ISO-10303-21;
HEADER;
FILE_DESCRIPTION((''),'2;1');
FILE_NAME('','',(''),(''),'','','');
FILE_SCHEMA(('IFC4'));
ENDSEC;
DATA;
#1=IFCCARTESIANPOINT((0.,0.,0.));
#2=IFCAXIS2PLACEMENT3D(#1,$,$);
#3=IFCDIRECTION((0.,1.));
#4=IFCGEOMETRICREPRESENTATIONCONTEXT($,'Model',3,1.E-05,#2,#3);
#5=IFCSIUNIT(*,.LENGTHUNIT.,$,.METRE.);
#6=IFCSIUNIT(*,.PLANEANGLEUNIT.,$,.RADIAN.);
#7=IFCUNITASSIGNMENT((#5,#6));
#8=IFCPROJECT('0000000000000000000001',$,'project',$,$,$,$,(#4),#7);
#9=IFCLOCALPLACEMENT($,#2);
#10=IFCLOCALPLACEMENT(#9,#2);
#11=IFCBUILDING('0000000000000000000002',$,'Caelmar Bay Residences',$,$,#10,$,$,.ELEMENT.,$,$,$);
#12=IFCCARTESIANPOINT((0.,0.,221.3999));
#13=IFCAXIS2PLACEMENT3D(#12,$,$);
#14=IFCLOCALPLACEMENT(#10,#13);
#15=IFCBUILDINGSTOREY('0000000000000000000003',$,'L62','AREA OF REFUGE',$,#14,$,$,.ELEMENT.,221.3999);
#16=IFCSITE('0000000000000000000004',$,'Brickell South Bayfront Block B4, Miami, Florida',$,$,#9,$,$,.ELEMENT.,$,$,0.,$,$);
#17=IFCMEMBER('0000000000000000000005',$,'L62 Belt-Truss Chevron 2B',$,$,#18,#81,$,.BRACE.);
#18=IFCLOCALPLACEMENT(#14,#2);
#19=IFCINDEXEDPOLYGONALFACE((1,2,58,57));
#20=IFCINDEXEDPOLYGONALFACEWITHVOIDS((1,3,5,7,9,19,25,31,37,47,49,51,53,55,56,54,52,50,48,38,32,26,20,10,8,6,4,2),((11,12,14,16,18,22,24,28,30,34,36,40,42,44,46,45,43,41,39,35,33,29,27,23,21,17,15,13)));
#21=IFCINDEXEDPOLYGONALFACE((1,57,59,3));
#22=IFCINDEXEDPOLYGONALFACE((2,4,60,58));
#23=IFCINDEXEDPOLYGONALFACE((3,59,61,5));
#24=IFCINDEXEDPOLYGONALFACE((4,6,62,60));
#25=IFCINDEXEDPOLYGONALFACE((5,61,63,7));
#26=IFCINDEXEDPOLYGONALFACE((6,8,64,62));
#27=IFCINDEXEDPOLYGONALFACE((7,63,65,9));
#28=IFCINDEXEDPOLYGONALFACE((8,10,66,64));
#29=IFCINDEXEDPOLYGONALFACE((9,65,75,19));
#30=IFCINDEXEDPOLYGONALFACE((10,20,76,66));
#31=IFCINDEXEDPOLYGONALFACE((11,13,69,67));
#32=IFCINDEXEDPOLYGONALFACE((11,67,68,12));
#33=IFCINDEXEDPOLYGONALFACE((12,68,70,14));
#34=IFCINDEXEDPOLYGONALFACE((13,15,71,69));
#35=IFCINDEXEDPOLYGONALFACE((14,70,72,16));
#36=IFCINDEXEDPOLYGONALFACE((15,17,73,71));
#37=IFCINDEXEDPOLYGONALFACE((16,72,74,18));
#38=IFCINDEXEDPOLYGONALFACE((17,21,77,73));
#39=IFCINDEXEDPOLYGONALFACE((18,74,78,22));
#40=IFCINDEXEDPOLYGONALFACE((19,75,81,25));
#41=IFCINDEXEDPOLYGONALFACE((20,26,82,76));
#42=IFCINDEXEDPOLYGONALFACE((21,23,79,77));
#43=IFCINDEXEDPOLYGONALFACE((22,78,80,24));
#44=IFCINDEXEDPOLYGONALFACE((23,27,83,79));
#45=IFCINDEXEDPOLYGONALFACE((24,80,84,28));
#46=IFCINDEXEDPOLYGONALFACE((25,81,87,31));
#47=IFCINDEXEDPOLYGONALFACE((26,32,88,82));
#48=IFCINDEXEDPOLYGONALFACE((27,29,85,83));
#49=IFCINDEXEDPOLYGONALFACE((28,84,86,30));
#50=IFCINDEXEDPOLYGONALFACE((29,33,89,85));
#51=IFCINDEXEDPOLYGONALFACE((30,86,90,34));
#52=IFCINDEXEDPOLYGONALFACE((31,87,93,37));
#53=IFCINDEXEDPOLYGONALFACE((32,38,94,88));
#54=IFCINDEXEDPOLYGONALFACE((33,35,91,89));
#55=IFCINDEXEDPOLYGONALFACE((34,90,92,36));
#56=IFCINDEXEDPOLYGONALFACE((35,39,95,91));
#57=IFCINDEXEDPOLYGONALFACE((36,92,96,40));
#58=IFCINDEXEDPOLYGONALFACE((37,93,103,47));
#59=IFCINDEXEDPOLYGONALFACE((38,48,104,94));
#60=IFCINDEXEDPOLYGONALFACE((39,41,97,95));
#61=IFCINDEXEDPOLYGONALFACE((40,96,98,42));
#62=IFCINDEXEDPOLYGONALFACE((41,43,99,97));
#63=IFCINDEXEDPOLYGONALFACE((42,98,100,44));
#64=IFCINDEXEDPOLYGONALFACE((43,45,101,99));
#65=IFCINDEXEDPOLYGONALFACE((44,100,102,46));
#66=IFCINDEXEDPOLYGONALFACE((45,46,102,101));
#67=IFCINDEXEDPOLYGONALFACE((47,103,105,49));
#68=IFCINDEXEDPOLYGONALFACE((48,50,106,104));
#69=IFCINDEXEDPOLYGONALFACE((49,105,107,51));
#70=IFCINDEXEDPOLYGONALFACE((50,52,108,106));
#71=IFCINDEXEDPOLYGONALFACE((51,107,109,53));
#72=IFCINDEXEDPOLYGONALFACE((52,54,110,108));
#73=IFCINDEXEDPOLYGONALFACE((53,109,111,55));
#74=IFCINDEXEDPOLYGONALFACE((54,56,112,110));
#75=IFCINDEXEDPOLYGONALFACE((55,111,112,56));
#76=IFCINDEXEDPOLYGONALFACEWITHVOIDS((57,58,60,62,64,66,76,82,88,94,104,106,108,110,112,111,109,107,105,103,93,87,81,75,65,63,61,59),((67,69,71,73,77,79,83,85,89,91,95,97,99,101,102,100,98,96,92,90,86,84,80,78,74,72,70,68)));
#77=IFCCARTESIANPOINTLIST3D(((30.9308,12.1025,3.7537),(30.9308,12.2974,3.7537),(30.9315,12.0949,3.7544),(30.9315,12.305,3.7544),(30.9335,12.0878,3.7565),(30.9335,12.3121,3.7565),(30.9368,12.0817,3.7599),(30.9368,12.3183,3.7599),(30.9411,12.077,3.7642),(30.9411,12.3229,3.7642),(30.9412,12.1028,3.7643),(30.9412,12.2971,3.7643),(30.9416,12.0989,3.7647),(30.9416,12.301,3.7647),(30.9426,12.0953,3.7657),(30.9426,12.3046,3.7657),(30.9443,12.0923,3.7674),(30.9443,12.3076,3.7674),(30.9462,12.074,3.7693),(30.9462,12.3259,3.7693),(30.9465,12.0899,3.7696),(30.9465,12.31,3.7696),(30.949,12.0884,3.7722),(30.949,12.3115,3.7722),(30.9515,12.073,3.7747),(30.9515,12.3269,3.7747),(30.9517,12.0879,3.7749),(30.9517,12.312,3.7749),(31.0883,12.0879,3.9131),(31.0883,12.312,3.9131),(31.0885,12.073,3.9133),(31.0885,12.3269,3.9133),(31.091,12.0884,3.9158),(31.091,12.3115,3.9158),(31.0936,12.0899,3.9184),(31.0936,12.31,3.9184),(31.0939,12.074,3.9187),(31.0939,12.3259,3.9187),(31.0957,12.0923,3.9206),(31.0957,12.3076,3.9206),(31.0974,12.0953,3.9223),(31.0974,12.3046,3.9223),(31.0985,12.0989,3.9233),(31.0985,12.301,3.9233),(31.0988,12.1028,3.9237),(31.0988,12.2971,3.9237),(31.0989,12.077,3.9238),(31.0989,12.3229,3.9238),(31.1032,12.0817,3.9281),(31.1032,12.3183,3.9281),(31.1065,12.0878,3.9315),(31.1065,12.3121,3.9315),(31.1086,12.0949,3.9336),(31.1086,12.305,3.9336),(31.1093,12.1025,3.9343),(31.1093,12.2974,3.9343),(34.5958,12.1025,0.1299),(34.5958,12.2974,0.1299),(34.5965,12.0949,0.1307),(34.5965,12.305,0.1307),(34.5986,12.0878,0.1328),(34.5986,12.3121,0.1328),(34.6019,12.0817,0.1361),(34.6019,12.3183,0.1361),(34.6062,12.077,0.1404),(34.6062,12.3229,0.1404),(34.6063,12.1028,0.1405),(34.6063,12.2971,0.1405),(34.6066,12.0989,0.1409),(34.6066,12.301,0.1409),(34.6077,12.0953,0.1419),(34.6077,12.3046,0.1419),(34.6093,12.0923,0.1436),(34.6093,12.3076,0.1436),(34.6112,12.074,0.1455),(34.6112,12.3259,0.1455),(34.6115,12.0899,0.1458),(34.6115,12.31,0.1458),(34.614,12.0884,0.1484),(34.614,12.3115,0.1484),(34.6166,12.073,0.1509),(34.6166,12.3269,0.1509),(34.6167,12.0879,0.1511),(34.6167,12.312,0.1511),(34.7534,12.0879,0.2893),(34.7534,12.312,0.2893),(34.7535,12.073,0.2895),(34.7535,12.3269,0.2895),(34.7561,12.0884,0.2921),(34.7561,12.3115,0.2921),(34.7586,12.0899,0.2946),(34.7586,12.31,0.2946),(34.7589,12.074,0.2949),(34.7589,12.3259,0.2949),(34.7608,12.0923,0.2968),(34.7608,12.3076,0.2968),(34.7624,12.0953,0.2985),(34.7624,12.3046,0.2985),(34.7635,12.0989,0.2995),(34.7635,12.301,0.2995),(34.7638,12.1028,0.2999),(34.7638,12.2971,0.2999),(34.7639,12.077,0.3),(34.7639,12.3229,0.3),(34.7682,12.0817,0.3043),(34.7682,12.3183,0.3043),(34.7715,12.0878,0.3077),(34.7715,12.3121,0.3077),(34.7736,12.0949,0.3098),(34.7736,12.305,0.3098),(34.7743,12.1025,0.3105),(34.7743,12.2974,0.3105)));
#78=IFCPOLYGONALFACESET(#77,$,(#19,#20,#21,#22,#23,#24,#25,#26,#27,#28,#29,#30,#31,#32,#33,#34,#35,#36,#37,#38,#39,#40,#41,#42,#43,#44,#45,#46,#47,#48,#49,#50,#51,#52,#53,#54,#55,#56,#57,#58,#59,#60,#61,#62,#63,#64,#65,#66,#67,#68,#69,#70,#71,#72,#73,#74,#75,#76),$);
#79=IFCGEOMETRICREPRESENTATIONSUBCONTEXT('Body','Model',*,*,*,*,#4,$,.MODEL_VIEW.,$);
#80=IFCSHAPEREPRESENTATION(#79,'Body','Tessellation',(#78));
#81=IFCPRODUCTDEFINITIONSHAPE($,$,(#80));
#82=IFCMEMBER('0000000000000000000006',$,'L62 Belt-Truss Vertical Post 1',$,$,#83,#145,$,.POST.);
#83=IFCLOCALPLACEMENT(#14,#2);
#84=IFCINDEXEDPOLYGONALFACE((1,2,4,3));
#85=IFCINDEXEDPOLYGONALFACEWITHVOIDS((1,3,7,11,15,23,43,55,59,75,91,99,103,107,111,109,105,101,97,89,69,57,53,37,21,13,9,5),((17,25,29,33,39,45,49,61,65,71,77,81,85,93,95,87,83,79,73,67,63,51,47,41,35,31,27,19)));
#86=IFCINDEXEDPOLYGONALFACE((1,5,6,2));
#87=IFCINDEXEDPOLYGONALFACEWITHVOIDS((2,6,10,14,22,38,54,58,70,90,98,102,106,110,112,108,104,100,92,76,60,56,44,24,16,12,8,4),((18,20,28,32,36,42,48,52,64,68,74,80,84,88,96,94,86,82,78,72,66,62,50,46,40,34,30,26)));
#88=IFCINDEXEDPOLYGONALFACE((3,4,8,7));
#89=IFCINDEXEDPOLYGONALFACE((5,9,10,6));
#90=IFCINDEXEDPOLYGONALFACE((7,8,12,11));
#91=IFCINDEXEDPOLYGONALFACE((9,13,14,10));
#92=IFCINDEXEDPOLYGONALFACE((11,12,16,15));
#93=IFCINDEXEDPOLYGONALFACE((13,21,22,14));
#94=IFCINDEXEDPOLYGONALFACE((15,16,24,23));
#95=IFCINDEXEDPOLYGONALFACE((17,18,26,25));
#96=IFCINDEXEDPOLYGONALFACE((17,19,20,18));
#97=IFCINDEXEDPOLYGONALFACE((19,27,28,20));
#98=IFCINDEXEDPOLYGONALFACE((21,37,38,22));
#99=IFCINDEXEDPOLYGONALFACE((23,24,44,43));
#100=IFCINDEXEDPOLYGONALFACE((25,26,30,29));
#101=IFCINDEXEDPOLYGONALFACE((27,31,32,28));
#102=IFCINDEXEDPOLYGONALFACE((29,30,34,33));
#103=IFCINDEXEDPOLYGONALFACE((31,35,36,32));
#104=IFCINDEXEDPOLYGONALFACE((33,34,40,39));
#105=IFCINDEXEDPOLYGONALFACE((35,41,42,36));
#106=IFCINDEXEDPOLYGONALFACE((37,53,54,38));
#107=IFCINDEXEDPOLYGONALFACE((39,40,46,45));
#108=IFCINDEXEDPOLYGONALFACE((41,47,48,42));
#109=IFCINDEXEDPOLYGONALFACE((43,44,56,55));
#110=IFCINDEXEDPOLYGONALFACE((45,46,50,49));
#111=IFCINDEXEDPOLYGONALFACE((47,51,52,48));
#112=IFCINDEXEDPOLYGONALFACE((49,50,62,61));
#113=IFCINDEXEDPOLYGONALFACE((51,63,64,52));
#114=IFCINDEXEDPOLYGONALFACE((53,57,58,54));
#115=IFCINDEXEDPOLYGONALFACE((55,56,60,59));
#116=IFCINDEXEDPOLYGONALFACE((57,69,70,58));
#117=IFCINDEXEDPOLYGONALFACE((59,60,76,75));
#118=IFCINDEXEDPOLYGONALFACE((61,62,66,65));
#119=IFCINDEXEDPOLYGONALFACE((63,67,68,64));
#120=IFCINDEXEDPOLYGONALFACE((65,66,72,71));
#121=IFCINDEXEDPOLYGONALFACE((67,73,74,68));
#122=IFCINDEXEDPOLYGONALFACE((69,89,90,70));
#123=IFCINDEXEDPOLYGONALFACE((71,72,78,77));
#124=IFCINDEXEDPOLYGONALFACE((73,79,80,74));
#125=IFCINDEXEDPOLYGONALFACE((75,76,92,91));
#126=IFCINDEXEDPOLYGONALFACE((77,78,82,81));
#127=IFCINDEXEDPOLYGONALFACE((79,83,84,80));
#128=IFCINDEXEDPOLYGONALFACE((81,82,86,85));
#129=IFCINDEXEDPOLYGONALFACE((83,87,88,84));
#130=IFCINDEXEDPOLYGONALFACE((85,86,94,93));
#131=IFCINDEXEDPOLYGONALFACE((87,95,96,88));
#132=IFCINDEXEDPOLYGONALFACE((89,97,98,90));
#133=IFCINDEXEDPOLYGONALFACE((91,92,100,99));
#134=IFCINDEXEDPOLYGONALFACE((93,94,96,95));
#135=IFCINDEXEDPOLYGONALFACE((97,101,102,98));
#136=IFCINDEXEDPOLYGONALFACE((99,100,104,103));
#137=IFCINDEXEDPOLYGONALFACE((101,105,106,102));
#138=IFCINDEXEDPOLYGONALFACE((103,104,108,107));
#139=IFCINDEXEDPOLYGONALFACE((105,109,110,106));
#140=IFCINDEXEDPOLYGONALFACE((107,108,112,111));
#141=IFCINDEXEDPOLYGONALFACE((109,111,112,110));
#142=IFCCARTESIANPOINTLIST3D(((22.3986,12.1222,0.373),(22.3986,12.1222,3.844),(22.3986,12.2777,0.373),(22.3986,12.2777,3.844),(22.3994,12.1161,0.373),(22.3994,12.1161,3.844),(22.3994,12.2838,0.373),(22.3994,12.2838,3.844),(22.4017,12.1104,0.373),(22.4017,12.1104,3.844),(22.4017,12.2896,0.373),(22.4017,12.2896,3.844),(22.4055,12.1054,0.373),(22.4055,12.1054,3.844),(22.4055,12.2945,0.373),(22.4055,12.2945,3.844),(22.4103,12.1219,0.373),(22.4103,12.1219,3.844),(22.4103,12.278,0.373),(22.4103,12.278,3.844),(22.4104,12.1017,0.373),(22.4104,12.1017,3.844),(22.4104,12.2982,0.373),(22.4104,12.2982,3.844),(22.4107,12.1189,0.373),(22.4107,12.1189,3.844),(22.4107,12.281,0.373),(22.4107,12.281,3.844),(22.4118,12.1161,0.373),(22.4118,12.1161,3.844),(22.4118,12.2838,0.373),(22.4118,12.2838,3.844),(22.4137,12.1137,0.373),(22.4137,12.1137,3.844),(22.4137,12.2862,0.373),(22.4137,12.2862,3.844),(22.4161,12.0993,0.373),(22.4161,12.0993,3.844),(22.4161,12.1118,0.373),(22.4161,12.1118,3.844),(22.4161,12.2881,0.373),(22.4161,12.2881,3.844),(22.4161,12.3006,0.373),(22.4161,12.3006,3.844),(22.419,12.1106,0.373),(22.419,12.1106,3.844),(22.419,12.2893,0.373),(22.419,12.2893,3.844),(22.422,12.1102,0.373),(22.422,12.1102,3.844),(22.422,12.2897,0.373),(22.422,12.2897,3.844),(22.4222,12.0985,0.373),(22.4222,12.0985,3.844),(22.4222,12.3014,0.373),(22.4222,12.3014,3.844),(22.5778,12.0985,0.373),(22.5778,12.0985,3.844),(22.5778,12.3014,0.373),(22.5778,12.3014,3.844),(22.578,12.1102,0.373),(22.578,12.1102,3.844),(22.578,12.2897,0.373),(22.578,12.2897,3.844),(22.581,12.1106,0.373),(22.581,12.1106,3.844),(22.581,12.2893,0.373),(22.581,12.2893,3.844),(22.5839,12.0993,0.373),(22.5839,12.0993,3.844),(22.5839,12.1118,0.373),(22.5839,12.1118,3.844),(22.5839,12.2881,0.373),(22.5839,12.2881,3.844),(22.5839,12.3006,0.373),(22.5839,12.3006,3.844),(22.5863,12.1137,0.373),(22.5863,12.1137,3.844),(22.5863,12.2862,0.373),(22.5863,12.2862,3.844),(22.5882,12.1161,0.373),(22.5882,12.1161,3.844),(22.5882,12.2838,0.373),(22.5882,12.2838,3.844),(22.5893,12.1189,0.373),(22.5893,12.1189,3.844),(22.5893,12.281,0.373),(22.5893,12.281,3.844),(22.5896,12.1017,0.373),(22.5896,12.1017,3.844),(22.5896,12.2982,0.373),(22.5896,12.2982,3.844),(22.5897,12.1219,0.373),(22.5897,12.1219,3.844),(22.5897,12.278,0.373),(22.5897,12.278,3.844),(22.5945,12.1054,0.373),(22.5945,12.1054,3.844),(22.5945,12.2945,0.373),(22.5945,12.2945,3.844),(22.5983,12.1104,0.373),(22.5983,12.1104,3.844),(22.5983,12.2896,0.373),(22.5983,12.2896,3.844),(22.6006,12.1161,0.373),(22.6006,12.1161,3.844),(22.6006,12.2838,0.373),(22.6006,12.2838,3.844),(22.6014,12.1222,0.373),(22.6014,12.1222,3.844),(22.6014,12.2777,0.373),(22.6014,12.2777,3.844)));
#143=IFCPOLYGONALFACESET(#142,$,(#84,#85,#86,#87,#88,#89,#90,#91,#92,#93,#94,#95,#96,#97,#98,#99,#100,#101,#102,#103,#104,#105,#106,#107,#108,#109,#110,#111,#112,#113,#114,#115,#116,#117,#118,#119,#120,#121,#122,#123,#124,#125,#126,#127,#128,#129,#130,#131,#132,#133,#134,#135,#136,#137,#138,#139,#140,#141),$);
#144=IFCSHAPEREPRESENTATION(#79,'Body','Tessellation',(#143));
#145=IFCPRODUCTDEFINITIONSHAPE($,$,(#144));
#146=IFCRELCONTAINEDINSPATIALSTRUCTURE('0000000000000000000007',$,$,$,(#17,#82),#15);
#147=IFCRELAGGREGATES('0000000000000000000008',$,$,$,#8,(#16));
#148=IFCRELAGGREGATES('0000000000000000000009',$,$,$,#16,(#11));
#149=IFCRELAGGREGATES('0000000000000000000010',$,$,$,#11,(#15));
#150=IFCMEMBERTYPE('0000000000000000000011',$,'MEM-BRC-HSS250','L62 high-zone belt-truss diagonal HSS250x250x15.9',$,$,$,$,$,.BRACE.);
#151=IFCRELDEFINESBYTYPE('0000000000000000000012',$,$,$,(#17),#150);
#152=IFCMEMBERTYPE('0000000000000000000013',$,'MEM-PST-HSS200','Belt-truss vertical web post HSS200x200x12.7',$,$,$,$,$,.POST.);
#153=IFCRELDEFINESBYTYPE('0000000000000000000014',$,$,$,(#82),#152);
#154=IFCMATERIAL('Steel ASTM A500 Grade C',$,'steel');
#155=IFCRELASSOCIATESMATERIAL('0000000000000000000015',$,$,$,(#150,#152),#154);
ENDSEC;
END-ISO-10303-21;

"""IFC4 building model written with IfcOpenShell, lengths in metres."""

from ifc_helpers import new_model, si_unit, direction, frame, origin, origin_2d, place, context, subcontext, project, spatial, hollow_rectangle, extrude, material, material_profile, profile_set, type_object, element, save


model = new_model("IFC4")

# Units and contexts
model_context = context("Model", 3, precision=1e-05, world=origin(), true_north=direction((0.0, 1.0)))
body_context = subcontext(model_context, "Body", "Model", "MODEL_VIEW")
ifc_project = project(units=[si_unit("LENGTHUNIT", "METRE"), si_unit("PLANEANGLEUNIT", "RADIAN")], contexts=[model_context])

# Site, building, storey
site_placement = place(None, origin())
site = spatial("IfcSite", under=ifc_project, at=site_placement, Name="Brickell South Bayfront Block B4, Miami, Florida", CompositionType="ELEMENT", RefElevation=0.0)
building_placement = place(site_placement, origin())
building = spatial("IfcBuilding", under=site, at=building_placement, Name="Caelmar Bay Residences", CompositionType="ELEMENT")
storey_placement = place(building_placement, frame((0.0, 0.0, 221.3999)))
storey = spatial("IfcBuildingStorey", under=building, at=storey_placement, Name="L62", Description="AREA OF REFUGE", CompositionType="ELEMENT", Elevation=221.3999)

# Members
ifc_material_1 = material(Name="Steel ASTM A500 Grade C", Category="steel")
ifc_material_profile_1 = material_profile(ifc_material_1, hollow_rectangle(XDim=0.2539, YDim=0.2539, WallThickness=0.0149, InnerFilletRadius=0.0149, OuterFilletRadius=0.0295, at=origin_2d()), Name="HSS250X250X15.9")
ifc_profile_set_1 = profile_set([ifc_material_profile_1], Name="Steel ASTM A500 Grade C")
member_type_1 = type_object("IfcMemberType", Name="MEM-BRC-HSS250", Description="L62 high-zone belt-truss diagonal HSS250x250x15.9", PredefinedType="BRACE", material=ifc_profile_set_1)
for number, where, z_axis, x_axis, name in (
    (1, (34.6851, 12.2, 0.2202), (-0.711098, 0.0, 0.703093), (0.0, -1.0, 0.0), "L62 Belt-Truss Chevron 2B"),
):
    element("IfcMember", number, at=place(storey_placement, frame(where, z_axis=z_axis, x_axis=x_axis)), inside=storey, type_object=member_type_1, Name=name, PredefinedType="BRACE", context=body_context, shape_type="SweptSolid", body=[
        extrude(hollow_rectangle(XDim=0.2539, YDim=0.2539, WallThickness=0.0149, InnerFilletRadius=0.0149, OuterFilletRadius=0.0295, at=origin_2d()), origin(), (0.0, 0.0, 1.0), 5.1541),
    ])
ifc_material_profile_2 = material_profile(ifc_material_1, hollow_rectangle(XDim=0.2029, YDim=0.2029, WallThickness=0.0117, InnerFilletRadius=0.0117, OuterFilletRadius=0.0237, at=origin_2d()), Name="HSS200X200X12.7")
ifc_profile_set_2 = profile_set([ifc_material_profile_2], Name="Steel ASTM A500 Grade C")
member_type_2 = type_object("IfcMemberType", Name="MEM-PST-HSS200", Description="Belt-truss vertical web post HSS200x200x12.7", PredefinedType="POST", material=ifc_profile_set_2)
for number, where, z_axis, x_axis, name in (
    (2, (22.5, 12.2, 0.373), (0.0, 0.0, 1.0), (1.0, 0.0, 0.0), "L62 Belt-Truss Vertical Post 1"),
):
    element("IfcMember", number, at=place(storey_placement, frame(where, z_axis=z_axis, x_axis=x_axis)), inside=storey, type_object=member_type_2, Name=name, PredefinedType="POST", context=body_context, shape_type="SweptSolid", body=[
        extrude(hollow_rectangle(XDim=0.2029, YDim=0.2029, WallThickness=0.0117, InnerFilletRadius=0.0117, OuterFilletRadius=0.0237, at=origin_2d()), origin(), (0.0, 0.0, 1.0), 3.4709),
    ])

save(model, "model.ifc")
